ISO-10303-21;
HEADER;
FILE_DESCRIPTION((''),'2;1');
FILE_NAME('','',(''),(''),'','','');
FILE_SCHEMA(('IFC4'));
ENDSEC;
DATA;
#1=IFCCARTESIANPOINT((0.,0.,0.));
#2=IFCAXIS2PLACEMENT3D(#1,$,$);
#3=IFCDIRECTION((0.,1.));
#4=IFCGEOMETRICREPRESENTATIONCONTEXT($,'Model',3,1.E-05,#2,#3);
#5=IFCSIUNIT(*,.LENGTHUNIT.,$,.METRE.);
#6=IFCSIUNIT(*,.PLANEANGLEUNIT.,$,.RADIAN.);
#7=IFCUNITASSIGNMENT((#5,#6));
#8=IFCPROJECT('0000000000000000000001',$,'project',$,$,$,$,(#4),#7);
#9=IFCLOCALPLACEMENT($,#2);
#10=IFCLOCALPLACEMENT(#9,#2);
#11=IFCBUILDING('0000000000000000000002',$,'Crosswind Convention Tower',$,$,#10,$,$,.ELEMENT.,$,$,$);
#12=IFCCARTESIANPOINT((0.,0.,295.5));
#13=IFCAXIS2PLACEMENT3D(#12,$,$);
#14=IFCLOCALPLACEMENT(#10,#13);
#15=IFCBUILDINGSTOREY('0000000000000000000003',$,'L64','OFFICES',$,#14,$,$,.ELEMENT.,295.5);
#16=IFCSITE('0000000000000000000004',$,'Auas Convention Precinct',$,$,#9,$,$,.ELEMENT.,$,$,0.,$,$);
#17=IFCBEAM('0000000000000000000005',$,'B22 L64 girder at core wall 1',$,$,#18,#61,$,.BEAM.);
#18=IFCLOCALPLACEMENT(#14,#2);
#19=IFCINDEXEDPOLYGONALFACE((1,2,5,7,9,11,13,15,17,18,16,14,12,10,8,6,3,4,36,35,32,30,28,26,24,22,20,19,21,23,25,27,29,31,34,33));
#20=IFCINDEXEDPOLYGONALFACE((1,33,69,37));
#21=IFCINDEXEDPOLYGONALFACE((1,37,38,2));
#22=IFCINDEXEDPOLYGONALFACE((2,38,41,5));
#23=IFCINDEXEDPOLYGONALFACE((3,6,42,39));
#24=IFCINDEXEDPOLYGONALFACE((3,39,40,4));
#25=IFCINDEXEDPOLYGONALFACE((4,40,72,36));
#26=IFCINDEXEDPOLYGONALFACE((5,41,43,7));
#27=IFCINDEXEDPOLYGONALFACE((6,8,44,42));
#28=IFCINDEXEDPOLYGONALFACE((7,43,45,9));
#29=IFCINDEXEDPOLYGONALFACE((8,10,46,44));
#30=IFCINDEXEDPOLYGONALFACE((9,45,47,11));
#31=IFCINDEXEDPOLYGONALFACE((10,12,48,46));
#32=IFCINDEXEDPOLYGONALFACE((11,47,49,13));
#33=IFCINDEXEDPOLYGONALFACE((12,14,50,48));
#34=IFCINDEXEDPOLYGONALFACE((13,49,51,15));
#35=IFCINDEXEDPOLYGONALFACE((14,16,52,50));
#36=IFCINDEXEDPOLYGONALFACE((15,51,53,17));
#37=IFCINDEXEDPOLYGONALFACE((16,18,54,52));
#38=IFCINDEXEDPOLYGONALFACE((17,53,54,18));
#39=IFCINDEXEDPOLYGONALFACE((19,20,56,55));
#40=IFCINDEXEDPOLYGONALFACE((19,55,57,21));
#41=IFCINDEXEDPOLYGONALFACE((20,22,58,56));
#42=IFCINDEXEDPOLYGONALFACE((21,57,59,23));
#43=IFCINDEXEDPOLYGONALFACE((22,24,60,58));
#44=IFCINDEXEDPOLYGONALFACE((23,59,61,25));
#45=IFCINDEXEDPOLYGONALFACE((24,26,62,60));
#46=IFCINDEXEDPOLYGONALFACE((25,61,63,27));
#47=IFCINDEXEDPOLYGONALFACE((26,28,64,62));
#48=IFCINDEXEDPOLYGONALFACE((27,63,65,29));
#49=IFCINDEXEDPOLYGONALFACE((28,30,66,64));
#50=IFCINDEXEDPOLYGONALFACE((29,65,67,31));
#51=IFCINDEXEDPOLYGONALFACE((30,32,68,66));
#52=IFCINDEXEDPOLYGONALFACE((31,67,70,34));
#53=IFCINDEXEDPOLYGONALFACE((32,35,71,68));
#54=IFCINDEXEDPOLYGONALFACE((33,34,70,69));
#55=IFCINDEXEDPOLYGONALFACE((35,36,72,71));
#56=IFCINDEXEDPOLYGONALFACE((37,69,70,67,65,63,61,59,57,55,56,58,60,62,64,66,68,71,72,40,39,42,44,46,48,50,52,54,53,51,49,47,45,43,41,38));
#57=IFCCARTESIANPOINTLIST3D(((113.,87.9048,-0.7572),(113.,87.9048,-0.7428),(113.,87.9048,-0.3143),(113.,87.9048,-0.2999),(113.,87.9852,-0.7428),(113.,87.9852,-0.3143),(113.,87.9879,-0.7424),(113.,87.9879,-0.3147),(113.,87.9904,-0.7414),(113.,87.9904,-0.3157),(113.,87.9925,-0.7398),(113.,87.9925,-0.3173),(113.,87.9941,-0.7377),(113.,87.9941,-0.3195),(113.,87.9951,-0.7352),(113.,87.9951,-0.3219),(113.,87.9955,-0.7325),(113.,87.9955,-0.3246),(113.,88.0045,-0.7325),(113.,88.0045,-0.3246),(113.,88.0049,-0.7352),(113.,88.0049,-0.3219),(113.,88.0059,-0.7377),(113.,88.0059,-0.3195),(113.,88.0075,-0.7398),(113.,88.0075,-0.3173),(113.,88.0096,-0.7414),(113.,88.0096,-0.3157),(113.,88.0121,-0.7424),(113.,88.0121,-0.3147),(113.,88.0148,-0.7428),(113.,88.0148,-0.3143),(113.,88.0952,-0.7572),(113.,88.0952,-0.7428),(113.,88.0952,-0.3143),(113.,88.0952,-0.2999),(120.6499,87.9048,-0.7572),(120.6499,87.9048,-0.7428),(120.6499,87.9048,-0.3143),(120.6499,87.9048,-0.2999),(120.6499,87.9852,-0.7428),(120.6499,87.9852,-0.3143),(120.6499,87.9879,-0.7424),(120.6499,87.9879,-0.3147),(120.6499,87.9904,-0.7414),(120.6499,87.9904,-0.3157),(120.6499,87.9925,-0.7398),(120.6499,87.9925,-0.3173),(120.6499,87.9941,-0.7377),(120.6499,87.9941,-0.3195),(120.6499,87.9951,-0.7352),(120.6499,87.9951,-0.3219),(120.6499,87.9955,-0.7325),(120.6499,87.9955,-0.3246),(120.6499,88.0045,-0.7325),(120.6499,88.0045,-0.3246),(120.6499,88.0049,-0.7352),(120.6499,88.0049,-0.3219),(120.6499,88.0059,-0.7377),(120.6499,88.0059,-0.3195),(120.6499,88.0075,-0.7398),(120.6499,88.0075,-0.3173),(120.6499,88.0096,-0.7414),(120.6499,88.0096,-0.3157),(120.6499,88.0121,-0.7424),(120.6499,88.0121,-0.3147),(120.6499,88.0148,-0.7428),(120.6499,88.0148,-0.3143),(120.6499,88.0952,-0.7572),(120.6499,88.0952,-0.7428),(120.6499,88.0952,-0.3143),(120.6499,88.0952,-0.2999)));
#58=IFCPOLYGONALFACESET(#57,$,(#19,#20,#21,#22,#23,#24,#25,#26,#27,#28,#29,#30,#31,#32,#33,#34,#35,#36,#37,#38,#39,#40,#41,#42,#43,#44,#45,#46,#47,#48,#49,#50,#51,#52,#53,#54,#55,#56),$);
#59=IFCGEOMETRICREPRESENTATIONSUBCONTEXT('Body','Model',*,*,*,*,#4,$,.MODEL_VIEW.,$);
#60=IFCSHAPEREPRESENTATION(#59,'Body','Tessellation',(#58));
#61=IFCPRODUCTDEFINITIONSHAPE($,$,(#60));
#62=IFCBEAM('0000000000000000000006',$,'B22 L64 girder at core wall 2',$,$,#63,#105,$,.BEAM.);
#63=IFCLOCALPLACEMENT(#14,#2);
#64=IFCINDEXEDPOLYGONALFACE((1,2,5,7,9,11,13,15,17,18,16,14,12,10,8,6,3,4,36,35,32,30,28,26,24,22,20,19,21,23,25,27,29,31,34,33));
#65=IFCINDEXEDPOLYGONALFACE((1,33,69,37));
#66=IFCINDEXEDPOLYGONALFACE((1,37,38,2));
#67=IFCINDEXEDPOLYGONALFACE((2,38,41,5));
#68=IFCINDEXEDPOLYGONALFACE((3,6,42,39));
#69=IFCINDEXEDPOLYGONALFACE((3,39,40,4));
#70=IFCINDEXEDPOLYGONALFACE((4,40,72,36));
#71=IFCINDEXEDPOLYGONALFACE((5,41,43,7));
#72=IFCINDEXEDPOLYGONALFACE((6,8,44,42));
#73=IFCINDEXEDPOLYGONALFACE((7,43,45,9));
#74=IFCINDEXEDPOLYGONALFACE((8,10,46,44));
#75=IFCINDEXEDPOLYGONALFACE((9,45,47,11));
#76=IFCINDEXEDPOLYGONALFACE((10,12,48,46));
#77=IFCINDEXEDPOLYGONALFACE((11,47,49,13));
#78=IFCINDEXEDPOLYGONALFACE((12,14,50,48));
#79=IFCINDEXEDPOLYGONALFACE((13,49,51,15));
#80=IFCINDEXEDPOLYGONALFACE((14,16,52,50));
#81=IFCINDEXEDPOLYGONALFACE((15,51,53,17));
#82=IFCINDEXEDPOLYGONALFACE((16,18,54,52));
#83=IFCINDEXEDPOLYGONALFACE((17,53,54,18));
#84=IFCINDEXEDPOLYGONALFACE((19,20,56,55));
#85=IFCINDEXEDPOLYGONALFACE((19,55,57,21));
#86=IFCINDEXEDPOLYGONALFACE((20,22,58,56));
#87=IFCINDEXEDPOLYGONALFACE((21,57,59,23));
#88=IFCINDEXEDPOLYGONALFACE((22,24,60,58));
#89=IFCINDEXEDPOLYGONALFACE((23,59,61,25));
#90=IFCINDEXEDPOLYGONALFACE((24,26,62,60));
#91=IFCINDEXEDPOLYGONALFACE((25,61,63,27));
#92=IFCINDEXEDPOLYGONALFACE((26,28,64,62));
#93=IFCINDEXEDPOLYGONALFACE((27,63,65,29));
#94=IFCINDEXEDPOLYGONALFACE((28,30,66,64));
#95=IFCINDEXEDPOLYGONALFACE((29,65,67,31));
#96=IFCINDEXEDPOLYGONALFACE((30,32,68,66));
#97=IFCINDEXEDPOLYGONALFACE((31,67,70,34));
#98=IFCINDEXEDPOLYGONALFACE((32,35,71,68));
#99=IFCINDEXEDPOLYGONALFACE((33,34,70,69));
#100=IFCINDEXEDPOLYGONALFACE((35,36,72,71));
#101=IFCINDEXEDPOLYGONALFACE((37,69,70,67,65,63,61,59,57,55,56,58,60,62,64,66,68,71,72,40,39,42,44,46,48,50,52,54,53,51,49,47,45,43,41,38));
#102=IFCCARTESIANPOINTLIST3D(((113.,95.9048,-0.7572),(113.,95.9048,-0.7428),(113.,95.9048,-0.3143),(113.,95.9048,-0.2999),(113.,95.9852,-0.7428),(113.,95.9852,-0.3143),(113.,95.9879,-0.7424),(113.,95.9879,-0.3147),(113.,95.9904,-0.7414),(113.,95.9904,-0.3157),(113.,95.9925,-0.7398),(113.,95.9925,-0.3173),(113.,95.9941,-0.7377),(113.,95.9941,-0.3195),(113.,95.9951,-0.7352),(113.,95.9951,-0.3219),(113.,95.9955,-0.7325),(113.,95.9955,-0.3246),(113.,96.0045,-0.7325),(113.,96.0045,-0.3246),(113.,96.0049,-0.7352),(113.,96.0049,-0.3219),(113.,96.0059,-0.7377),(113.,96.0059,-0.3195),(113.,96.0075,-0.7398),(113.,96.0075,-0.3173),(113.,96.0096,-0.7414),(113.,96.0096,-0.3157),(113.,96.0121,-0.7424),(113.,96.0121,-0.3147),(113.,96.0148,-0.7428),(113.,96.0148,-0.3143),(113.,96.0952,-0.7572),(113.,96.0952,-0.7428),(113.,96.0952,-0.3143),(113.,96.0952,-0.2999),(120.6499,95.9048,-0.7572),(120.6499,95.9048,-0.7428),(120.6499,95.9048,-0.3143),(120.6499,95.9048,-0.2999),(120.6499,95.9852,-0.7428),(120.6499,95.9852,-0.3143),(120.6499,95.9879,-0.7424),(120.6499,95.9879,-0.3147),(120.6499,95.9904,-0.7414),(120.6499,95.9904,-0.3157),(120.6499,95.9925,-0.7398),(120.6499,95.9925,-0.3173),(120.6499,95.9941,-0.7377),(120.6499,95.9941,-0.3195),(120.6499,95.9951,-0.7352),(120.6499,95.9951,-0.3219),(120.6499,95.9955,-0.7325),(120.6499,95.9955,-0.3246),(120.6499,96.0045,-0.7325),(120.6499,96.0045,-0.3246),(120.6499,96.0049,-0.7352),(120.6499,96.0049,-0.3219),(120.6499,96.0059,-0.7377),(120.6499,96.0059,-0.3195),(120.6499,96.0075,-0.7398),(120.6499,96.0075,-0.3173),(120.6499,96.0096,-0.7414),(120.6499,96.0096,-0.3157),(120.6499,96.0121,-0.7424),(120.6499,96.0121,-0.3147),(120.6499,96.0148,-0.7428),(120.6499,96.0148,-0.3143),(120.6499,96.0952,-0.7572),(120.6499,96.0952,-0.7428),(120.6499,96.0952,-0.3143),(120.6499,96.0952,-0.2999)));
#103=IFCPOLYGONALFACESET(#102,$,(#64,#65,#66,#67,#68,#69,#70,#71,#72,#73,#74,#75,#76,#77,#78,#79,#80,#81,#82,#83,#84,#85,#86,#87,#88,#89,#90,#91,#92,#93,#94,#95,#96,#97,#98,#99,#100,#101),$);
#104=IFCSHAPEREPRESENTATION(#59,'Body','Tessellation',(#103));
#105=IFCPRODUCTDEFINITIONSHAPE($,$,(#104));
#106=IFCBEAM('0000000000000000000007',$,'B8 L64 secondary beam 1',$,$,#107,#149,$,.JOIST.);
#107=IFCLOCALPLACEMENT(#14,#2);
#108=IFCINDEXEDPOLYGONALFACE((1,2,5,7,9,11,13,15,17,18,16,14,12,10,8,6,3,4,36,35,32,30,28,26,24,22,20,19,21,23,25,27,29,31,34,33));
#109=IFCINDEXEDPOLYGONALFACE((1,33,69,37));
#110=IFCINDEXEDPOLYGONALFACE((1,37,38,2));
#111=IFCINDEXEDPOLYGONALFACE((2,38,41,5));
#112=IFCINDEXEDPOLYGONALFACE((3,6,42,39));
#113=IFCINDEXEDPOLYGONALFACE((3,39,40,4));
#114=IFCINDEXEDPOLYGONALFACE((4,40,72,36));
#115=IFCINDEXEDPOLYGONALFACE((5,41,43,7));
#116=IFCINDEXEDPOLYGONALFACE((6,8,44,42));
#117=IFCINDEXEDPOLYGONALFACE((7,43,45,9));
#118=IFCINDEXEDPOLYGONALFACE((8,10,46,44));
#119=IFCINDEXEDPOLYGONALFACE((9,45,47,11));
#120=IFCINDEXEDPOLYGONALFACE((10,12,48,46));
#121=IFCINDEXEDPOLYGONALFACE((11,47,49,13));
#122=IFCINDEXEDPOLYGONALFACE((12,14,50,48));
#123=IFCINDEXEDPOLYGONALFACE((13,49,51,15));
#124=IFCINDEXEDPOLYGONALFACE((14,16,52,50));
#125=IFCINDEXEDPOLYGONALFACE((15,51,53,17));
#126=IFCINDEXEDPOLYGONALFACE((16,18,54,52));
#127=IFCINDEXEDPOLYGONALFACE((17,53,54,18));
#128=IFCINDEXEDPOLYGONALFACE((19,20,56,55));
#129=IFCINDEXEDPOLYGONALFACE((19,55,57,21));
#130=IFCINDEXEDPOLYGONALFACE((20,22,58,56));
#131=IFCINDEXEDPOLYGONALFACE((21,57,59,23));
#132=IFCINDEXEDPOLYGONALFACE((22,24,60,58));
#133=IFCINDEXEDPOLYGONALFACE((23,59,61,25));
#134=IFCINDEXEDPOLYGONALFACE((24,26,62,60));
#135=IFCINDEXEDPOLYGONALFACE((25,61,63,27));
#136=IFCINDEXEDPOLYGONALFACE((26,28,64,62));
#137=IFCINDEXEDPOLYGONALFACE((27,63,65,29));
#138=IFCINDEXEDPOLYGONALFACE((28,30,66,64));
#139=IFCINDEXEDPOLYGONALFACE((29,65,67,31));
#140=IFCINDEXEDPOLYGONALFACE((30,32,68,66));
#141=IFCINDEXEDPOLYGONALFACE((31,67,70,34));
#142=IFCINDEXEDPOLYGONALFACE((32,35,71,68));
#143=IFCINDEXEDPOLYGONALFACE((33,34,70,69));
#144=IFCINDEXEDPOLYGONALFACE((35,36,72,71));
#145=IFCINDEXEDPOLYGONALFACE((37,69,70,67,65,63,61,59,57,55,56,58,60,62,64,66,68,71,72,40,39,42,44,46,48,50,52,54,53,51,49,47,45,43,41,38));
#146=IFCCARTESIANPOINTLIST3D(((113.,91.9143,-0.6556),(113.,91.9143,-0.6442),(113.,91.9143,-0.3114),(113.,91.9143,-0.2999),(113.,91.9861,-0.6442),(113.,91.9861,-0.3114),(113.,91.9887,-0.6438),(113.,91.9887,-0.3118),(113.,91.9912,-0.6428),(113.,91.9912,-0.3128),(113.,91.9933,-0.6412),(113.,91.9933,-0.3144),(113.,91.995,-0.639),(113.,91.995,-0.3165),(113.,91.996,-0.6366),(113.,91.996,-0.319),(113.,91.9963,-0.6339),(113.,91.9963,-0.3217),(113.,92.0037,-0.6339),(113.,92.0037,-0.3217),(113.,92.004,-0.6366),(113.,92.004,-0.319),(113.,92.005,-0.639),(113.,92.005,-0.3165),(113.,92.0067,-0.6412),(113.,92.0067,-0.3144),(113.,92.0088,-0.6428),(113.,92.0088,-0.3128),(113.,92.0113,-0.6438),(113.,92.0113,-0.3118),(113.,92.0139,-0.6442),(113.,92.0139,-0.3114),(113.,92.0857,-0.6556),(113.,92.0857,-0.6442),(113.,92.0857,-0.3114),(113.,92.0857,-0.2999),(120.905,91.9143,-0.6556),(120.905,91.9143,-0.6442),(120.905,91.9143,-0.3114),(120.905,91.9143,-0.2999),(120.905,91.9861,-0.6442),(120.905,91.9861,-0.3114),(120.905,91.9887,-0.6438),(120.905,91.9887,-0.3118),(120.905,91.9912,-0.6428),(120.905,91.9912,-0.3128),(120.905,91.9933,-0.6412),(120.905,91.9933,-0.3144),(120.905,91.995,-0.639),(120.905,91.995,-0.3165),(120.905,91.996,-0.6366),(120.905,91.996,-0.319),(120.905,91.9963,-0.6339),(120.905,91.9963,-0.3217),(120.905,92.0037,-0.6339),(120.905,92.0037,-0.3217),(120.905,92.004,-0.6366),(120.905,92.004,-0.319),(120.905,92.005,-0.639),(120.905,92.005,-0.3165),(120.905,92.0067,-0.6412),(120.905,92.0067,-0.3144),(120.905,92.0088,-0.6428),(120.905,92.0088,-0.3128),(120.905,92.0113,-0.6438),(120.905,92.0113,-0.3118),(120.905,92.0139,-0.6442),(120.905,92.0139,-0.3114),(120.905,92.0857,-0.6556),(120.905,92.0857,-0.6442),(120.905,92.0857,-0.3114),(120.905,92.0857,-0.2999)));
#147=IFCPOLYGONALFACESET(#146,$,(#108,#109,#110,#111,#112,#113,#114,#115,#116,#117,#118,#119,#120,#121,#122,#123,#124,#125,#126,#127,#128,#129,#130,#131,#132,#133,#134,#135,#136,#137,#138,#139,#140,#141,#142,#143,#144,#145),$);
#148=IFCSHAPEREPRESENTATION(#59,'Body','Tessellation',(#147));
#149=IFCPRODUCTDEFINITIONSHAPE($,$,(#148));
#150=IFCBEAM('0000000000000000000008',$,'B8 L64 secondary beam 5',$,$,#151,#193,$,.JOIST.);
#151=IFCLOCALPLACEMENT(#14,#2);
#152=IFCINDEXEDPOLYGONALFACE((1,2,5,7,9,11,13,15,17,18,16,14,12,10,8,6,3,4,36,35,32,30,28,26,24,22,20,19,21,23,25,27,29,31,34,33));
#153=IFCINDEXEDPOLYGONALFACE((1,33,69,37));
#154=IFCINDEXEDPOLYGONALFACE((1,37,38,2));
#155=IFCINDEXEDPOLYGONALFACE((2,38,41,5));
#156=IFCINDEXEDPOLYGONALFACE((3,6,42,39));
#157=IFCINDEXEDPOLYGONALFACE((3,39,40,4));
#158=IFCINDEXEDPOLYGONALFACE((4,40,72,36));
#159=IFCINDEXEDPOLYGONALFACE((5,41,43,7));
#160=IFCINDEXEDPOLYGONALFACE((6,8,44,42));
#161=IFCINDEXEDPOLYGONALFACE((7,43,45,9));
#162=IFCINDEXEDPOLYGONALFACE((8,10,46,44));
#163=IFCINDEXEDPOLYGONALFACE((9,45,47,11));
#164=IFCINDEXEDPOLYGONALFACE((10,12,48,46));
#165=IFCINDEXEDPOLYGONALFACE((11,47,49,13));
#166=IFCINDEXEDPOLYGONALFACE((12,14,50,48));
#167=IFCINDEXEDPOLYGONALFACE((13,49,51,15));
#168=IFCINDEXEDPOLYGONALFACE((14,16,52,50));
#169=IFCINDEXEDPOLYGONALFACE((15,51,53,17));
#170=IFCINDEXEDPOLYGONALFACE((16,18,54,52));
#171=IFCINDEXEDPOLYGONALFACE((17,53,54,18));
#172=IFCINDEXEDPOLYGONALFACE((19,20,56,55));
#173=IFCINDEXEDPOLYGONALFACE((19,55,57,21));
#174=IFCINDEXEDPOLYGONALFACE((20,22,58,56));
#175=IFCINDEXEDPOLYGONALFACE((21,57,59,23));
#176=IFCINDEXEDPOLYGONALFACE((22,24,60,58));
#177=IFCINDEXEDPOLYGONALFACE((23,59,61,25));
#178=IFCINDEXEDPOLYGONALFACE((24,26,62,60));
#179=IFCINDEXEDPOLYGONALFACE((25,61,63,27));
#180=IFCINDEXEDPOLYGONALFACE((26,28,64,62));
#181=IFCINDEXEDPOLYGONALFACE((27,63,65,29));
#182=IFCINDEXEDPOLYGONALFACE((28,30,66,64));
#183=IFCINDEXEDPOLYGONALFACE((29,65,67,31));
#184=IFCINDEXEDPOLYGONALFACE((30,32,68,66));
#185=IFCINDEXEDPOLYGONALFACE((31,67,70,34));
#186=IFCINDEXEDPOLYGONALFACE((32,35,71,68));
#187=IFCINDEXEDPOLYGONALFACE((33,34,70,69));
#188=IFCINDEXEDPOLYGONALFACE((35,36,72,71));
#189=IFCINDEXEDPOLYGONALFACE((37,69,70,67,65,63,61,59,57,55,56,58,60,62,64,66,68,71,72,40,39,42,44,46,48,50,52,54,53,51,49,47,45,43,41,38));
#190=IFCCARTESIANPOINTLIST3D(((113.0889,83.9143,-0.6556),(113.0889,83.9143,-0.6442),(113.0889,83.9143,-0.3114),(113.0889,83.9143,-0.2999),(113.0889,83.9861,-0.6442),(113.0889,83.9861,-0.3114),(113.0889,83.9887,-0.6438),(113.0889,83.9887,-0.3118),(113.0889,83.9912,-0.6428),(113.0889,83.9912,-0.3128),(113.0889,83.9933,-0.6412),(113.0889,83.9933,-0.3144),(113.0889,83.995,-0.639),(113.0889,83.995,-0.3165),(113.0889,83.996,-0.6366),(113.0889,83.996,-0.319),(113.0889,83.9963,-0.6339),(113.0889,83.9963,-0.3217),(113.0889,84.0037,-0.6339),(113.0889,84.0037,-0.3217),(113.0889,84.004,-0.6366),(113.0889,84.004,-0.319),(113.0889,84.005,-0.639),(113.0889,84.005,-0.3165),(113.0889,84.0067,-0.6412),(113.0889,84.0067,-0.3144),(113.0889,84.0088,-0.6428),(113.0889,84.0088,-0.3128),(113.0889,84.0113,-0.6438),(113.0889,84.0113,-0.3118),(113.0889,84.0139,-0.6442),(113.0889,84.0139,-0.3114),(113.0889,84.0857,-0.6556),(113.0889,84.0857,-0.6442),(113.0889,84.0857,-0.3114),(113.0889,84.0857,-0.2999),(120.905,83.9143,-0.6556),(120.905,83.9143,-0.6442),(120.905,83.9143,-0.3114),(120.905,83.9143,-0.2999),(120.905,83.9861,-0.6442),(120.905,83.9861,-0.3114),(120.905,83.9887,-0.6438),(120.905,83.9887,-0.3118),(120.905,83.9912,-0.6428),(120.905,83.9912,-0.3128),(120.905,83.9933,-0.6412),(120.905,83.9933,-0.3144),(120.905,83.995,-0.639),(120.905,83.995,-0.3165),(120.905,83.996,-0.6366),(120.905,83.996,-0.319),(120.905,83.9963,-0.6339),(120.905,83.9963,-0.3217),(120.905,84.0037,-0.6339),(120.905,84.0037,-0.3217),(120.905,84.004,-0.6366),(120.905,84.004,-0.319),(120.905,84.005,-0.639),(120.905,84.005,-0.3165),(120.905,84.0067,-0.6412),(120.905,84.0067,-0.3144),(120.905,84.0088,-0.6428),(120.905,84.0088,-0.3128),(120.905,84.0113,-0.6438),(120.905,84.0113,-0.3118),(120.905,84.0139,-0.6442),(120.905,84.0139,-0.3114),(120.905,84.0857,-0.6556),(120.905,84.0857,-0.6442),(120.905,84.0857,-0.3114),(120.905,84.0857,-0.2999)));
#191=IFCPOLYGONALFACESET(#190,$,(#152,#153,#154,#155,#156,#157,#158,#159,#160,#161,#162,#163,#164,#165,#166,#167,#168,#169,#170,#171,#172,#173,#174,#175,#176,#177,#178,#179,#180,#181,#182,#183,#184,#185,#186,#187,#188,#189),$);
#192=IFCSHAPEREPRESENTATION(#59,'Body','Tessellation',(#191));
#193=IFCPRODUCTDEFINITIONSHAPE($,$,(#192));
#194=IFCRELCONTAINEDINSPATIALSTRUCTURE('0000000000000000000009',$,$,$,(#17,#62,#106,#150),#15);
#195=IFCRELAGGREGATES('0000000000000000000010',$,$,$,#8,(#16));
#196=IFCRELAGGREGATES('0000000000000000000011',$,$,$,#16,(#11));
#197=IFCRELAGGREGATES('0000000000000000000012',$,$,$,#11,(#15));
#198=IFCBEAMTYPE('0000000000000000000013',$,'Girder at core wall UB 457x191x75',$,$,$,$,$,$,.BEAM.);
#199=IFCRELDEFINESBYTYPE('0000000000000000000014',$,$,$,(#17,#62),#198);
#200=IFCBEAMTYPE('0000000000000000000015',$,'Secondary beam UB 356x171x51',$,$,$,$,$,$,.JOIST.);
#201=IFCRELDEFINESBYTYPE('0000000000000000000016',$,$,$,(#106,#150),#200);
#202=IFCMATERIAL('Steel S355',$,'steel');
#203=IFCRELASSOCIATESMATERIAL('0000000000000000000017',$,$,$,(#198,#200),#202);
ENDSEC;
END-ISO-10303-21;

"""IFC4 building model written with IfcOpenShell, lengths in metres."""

from ifc_helpers import new_model, si_unit, direction, frame, origin, origin_2d, place, context, subcontext, project, spatial, i_section, extrude, material, material_profile, profile_set, type_object, element, save


model = new_model("IFC4")

# Units and contexts
model_context = context("Model", 3, precision=1e-05, world=origin(), true_north=direction((0.0, 1.0)))
body_context = subcontext(model_context, "Body", "Model", "MODEL_VIEW")
ifc_project = project(units=[si_unit("LENGTHUNIT", "METRE"), si_unit("PLANEANGLEUNIT", "RADIAN")], contexts=[model_context])

# Site, building, storey
site_placement = place(None, origin())
site = spatial("IfcSite", under=ifc_project, at=site_placement, Name="Auas Convention Precinct", CompositionType="ELEMENT", RefElevation=0.0)
building_placement = place(site_placement, origin())
building = spatial("IfcBuilding", under=site, at=building_placement, Name="Crosswind Convention Tower", CompositionType="ELEMENT")
storey_placement = place(building_placement, frame((0.0, 0.0, 295.5)))
storey = spatial("IfcBuildingStorey", under=building, at=storey_placement, Name="L64", Description="OFFICES", CompositionType="ELEMENT", Elevation=295.5)

# Beams
ifc_material_1 = material(Name="Steel S355", Category="steel")
ifc_material_profile_1 = material_profile(ifc_material_1, i_section(OverallWidth=0.1904, OverallDepth=0.4573, WebThickness=0.009, FlangeThickness=0.0144, FilletRadius=0.0103, at=origin_2d()), Name="UB 457x191x75")
ifc_profile_set_1 = profile_set([ifc_material_profile_1], Name="Steel S355")
beam_type_1 = type_object("IfcBeamType", Name="Girder at core wall UB 457x191x75", PredefinedType="BEAM", material=ifc_profile_set_1)
for number, where, z_axis, x_axis, name in (
    (1, (113.0, 88.0, -0.5286), (1.0, 0.0, 0.0), (0.0, 1.0, 0.0), "B22 L64 girder at core wall 1"),
    (2, (113.0, 96.0, -0.5286), (1.0, 0.0, 0.0), (0.0, 1.0, 0.0), "B22 L64 girder at core wall 2"),
):
    element("IfcBeam", number, at=place(storey_placement, frame(where, z_axis=z_axis, x_axis=x_axis)), inside=storey, type_object=beam_type_1, Name=name, PredefinedType="BEAM", context=body_context, shape_type="SweptSolid", body=[
        extrude(i_section(OverallWidth=0.1904, OverallDepth=0.4573, WebThickness=0.009, FlangeThickness=0.0144, FilletRadius=0.0103, at=origin_2d()), origin(), (0.0, 0.0, 1.0), 7.6499),
    ])
ifc_material_profile_2 = material_profile(ifc_material_1, i_section(OverallWidth=0.1714, OverallDepth=0.3557, WebThickness=0.0073, FlangeThickness=0.0115, FilletRadius=0.0103, at=origin_2d()), Name="UB 356x171x51")
ifc_profile_set_2 = profile_set([ifc_material_profile_2], Name="Steel S355")
beam_type_2 = type_object("IfcBeamType", Name="Secondary beam UB 356x171x51", PredefinedType="JOIST", material=ifc_profile_set_2)
beam_1_placement = place(storey_placement, frame((113.0, 92.0, -0.4778), z_axis=(1.0, 0.0, 0.0), x_axis=(0.0, 1.0, 0.0)))
element("IfcBeam", 3, at=beam_1_placement, inside=storey, type_object=beam_type_2, Name="B8 L64 secondary beam 1", PredefinedType="JOIST", context=body_context, shape_type="SweptSolid", body=[
    extrude(i_section(OverallWidth=0.1714, OverallDepth=0.3557, WebThickness=0.0073, FlangeThickness=0.0115, FilletRadius=0.0103, at=origin_2d()), origin(), (0.0, 0.0, 1.0), 7.905),
])
beam_2_placement = place(storey_placement, frame((113.0889, 84.0, -0.4778), z_axis=(1.0, 0.0, 0.0), x_axis=(0.0, 1.0, 0.0)))
element("IfcBeam", 4, at=beam_2_placement, inside=storey, type_object=beam_type_2, Name="B8 L64 secondary beam 5", PredefinedType="JOIST", context=body_context, shape_type="SweptSolid", body=[
    extrude(i_section(OverallWidth=0.1714, OverallDepth=0.3557, WebThickness=0.0073, FlangeThickness=0.0115, FilletRadius=0.0103, at=origin_2d()), origin(), (0.0, 0.0, 1.0), 7.8162),
])

save(model, "model.ifc")
